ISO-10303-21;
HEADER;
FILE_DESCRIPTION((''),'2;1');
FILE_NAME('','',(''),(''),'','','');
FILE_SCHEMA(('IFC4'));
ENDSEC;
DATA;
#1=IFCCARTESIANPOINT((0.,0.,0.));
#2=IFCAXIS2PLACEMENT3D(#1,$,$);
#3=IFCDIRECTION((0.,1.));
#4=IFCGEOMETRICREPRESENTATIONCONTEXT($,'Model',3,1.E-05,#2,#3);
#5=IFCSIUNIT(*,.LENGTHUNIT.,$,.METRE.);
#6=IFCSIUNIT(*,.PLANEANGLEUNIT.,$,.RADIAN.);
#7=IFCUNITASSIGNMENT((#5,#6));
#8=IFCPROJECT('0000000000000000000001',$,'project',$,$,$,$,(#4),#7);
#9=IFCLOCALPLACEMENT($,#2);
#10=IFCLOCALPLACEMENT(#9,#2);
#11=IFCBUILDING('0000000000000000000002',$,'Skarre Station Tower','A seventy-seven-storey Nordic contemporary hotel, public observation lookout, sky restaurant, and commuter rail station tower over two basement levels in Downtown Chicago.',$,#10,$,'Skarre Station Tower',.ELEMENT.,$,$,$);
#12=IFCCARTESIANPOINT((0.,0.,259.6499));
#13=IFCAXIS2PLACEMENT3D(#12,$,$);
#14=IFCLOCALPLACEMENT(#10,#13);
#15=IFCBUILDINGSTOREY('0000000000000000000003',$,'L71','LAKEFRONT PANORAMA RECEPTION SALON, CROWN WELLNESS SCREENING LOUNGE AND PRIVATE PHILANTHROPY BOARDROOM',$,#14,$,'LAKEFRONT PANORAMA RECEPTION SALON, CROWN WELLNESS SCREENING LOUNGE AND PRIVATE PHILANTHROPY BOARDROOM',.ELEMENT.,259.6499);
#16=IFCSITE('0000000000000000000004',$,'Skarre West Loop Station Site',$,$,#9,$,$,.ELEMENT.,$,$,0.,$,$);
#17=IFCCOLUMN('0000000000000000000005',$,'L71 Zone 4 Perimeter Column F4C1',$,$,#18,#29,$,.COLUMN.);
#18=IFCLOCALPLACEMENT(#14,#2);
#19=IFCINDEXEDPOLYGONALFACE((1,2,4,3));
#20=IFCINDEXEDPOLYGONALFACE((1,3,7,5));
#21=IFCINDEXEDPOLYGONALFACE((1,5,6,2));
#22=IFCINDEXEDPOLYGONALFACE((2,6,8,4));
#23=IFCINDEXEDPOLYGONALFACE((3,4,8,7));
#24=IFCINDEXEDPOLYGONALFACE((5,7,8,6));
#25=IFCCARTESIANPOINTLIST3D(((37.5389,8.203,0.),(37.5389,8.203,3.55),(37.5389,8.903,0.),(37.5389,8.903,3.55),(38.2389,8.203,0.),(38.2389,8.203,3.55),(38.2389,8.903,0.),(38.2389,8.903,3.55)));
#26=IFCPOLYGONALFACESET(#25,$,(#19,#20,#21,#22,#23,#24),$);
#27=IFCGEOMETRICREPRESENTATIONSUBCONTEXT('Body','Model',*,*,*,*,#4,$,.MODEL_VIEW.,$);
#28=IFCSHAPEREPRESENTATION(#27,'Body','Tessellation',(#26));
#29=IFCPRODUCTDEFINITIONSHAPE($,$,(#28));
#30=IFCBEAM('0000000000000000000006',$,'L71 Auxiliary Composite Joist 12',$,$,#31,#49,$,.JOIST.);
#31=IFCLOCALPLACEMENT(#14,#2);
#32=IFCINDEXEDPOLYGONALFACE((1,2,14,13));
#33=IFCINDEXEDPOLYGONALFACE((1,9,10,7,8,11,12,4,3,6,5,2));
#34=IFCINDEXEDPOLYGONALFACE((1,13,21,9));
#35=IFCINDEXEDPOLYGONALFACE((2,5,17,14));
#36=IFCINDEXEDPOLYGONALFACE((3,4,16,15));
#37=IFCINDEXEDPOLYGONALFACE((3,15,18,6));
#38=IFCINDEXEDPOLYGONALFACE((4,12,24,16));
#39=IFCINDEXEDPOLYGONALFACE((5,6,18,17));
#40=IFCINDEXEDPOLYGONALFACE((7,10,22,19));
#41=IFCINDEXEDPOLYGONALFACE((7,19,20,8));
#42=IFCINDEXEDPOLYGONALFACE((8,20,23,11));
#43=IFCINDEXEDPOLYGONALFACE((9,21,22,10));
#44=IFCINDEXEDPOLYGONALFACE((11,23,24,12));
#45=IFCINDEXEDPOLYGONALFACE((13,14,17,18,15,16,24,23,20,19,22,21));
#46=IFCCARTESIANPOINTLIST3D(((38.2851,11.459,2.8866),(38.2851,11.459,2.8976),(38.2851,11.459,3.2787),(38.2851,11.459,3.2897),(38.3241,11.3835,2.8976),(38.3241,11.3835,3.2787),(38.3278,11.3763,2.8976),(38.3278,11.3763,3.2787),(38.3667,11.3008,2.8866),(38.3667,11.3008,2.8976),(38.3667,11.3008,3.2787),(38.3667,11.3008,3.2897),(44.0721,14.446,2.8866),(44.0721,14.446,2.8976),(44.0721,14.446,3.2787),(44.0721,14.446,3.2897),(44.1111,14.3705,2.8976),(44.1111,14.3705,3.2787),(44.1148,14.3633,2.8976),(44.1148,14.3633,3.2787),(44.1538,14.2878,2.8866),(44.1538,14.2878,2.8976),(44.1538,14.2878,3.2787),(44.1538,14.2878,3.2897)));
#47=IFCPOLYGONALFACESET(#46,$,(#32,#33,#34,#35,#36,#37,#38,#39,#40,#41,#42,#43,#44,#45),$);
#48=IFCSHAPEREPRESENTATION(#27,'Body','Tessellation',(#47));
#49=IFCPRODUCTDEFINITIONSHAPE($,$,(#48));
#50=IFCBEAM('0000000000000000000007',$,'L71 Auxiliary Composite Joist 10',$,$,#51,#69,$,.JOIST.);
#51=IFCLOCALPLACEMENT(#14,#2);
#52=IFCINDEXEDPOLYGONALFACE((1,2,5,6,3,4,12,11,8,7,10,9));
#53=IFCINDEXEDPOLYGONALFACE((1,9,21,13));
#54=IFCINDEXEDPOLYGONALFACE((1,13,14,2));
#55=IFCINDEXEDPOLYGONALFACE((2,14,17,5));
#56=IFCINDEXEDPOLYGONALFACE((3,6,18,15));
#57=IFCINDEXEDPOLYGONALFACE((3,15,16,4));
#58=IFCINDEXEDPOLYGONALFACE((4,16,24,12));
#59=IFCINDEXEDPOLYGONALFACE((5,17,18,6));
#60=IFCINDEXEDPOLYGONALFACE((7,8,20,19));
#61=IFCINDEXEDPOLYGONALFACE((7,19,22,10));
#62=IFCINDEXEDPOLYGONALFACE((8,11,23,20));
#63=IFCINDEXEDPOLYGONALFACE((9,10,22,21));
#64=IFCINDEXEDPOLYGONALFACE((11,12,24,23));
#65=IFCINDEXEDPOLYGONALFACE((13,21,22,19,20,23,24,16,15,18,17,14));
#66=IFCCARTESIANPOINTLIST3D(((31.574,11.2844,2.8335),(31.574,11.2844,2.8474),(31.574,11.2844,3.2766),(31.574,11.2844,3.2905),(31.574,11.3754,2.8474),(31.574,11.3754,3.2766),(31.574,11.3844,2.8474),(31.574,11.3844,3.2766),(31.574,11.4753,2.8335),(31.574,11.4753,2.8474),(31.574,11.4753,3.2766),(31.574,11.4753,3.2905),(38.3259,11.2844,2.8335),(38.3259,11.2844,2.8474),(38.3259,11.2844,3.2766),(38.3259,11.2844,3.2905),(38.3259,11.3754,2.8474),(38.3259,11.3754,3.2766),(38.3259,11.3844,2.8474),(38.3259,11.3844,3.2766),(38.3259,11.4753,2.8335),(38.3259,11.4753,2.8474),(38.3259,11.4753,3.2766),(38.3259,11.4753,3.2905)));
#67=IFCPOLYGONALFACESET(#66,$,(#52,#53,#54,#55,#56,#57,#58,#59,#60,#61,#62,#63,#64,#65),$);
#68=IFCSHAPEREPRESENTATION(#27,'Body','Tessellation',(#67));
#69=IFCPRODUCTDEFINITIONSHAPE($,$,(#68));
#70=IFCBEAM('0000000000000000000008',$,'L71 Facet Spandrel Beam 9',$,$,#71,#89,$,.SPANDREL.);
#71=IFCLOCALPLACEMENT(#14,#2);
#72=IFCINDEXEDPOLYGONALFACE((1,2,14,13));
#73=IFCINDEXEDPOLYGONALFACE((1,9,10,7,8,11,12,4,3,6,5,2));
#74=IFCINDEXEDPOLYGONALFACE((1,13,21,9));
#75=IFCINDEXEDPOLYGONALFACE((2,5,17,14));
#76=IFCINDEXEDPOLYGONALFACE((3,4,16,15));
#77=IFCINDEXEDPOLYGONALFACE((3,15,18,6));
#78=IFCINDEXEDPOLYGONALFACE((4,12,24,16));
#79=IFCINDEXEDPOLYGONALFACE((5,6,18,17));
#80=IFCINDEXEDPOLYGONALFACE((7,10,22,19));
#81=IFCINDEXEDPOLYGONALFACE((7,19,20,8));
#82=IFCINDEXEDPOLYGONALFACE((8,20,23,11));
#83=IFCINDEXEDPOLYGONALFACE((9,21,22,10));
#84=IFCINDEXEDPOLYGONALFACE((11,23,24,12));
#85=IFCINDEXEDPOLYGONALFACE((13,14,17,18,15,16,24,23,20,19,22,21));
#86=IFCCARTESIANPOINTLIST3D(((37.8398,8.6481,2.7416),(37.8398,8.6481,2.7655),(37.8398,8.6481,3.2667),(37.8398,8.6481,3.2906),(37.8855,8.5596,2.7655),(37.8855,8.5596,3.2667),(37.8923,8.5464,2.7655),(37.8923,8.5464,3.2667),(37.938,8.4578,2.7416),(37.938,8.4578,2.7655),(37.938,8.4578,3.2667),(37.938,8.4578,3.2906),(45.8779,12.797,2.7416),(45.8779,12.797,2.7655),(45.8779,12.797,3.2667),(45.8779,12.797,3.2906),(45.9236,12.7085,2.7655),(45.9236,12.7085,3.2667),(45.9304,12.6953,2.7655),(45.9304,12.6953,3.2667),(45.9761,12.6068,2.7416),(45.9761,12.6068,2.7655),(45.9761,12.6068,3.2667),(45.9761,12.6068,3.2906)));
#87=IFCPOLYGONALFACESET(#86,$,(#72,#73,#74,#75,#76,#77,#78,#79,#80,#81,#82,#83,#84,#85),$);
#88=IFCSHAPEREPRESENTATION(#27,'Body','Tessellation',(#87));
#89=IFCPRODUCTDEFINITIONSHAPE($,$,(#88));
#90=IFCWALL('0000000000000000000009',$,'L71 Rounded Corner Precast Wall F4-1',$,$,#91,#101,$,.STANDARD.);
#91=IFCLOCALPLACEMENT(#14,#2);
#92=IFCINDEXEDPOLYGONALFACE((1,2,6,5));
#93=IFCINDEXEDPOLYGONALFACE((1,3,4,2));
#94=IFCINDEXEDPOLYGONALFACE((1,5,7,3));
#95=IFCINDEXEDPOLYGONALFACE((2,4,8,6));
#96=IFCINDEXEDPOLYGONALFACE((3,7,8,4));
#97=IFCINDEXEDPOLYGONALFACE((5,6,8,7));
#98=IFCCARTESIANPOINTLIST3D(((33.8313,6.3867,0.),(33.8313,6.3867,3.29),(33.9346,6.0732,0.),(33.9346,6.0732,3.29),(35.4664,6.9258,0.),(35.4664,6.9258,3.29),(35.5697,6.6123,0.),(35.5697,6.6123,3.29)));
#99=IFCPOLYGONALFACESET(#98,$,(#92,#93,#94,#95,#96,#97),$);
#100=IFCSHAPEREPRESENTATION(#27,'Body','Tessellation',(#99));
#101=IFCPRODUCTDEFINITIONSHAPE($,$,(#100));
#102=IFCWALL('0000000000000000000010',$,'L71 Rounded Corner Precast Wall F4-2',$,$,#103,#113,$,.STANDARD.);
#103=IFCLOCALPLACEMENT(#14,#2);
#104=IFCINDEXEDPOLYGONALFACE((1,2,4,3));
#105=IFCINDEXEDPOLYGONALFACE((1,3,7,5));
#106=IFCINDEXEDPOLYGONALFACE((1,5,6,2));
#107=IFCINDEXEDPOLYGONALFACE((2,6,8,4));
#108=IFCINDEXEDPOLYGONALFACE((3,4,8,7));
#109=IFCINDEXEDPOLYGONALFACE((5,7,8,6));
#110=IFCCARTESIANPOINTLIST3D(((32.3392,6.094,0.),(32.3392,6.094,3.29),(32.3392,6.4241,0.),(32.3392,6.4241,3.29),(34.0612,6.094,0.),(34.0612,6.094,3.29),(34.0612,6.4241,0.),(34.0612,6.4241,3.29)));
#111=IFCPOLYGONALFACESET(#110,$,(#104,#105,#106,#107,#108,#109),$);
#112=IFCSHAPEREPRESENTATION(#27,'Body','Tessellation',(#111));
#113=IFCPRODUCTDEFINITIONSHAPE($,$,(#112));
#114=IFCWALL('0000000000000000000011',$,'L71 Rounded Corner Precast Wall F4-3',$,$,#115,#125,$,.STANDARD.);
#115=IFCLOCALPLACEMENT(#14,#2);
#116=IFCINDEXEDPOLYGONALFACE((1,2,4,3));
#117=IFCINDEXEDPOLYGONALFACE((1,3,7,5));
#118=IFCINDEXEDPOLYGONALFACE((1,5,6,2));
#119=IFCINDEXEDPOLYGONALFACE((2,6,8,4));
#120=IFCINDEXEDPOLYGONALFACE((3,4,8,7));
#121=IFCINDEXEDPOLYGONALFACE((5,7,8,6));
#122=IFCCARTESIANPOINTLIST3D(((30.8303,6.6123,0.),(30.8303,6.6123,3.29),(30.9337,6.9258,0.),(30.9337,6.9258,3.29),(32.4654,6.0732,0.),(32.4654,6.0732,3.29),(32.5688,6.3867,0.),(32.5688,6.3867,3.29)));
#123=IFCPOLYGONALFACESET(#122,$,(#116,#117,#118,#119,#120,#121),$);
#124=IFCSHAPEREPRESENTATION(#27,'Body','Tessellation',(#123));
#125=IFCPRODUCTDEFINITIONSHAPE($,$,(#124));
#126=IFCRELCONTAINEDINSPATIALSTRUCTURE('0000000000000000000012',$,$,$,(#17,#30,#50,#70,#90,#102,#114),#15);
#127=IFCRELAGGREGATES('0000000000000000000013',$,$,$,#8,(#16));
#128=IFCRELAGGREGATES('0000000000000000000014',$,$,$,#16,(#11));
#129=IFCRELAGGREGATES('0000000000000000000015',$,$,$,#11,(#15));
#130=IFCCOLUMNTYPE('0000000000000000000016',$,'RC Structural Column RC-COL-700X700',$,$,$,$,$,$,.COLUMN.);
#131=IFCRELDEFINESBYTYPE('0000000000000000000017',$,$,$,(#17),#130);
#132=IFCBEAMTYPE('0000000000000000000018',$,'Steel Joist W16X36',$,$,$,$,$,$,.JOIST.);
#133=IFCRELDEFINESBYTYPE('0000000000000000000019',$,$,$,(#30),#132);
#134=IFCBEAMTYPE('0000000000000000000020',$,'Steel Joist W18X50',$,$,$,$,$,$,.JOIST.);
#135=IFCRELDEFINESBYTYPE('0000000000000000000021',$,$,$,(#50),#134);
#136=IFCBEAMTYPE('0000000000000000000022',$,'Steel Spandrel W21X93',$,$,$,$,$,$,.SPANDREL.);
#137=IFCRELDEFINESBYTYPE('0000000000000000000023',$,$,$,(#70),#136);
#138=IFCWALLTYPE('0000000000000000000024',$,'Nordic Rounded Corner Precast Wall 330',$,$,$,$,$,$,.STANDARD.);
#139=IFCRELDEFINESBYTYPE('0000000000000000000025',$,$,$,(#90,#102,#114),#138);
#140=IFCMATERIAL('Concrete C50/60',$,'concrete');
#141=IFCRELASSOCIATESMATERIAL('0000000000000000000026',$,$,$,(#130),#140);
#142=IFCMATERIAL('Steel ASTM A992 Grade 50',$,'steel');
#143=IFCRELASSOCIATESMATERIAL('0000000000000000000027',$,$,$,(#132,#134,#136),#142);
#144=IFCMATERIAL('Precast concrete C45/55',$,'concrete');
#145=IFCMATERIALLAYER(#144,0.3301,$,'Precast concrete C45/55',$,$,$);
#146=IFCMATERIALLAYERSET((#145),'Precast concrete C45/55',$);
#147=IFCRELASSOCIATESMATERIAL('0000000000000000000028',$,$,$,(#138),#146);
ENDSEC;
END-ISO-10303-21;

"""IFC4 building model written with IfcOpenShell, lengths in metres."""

from ifc_helpers import new_model, si_unit, direction, frame, frame_2d, origin, origin_2d, place, context, subcontext, project, spatial, rectangle, i_section, extrude, material, layer, layer_set, material_profile, profile_set, type_object, element, save


model = new_model("IFC4")

# Units and contexts
model_context = context("Model", 3, precision=1e-05, world=origin(), true_north=direction((0.0, 1.0)))
body_context = subcontext(model_context, "Body", "Model", "MODEL_VIEW")
ifc_project = project(units=[si_unit("LENGTHUNIT", "METRE"), si_unit("PLANEANGLEUNIT", "RADIAN")], contexts=[model_context])

# Site, building, storey
site_placement = place(None, origin())
site = spatial("IfcSite", under=ifc_project, at=site_placement, Name="Skarre West Loop Station Site", CompositionType="ELEMENT", RefElevation=0.0)
building_placement = place(site_placement, origin())
building = spatial("IfcBuilding", under=site, at=building_placement, Name="Skarre Station Tower", Description="A seventy-seven-storey Nordic contemporary hotel, public observation lookout, sky restaurant, and commuter rail station tower over two basement levels in Downtown Chicago.", LongName="Skarre Station Tower", CompositionType="ELEMENT")
storey_placement = place(building_placement, frame((0.0, 0.0, 259.6499)))
storey = spatial("IfcBuildingStorey", under=building, at=storey_placement, Name="L71", Description="LAKEFRONT PANORAMA RECEPTION SALON, CROWN WELLNESS SCREENING LOUNGE AND PRIVATE PHILANTHROPY BOARDROOM", LongName="LAKEFRONT PANORAMA RECEPTION SALON, CROWN WELLNESS SCREENING LOUNGE AND PRIVATE PHILANTHROPY BOARDROOM", CompositionType="ELEMENT", Elevation=259.6499)

# Column
ifc_material_1 = material(Name="Concrete C50/60", Category="concrete")
ifc_material_profile_1 = material_profile(ifc_material_1, rectangle(XDim=0.7, YDim=0.7, at=origin_2d()), Name="Concrete C50/60")
ifc_profile_set_1 = profile_set([ifc_material_profile_1], Name="Concrete C50/60")
column_type = type_object("IfcColumnType", Name="RC Structural Column RC-COL-700X700", PredefinedType="COLUMN", material=ifc_profile_set_1)
column_placement = place(storey_placement, frame((37.8889, 8.553, 0.0), z_axis=(0.0, 0.0, 1.0), x_axis=(1.0, 0.0, 0.0)))
element("IfcColumn", 1, at=column_placement, inside=storey, type_object=column_type, Name="L71 Zone 4 Perimeter Column F4C1", PredefinedType="COLUMN", context=body_context, shape_type="SweptSolid", body=[
    extrude(rectangle(XDim=0.7, YDim=0.7, at=origin_2d()), origin(), (0.0, 0.0, 1.0), 3.55),
])

# Beams
ifc_material_2 = material(Name="Steel ASTM A992 Grade 50", Category="steel")
ifc_material_profile_2 = material_profile(ifc_material_2, i_section(OverallWidth=0.178, OverallDepth=0.4031, WebThickness=0.0081, FlangeThickness=0.011, at=origin_2d()), Name="Steel ASTM A992 Grade 50")
ifc_profile_set_2 = profile_set([ifc_material_profile_2], Name="Steel ASTM A992 Grade 50")
beam_type_1 = type_object("IfcBeamType", Name="Steel Joist W16X36", PredefinedType="JOIST", material=ifc_profile_set_2)
beam_1_placement = place(storey_placement, frame((38.3259, 11.3799, 3.0881), z_axis=(0.88861, 0.458663, 0.0), x_axis=(-0.458663, 0.88861, 0.0)))
element("IfcBeam", 2, at=beam_1_placement, inside=storey, type_object=beam_type_1, Name="L71 Auxiliary Composite Joist 12", PredefinedType="JOIST", context=body_context, shape_type="SweptSolid", body=[
    extrude(i_section(OverallWidth=0.178, OverallDepth=0.4031, WebThickness=0.0081, FlangeThickness=0.011, at=origin_2d()), origin(), (0.0, 0.0, 1.0), 6.5125),
])
ifc_material_profile_3 = material_profile(ifc_material_2, i_section(OverallWidth=0.1909, OverallDepth=0.457, WebThickness=0.009, FlangeThickness=0.0139, at=origin_2d()), Name="Steel ASTM A992 Grade 50")
ifc_profile_set_3 = profile_set([ifc_material_profile_3], Name="Steel ASTM A992 Grade 50")
beam_type_2 = type_object("IfcBeamType", Name="Steel Joist W18X50", PredefinedType="JOIST", material=ifc_profile_set_3)
beam_2_placement = place(storey_placement, frame((31.574, 11.3799, 3.062), z_axis=(1.0, 0.0, 0.0), x_axis=(0.0, 1.0, 0.0)))
element("IfcBeam", 3, at=beam_2_placement, inside=storey, type_object=beam_type_2, Name="L71 Auxiliary Composite Joist 10", PredefinedType="JOIST", context=body_context, shape_type="SweptSolid", body=[
    extrude(i_section(OverallWidth=0.1909, OverallDepth=0.457, WebThickness=0.009, FlangeThickness=0.0139, at=origin_2d()), origin(), (0.0, 0.0, 1.0), 6.752),
])
ifc_material_profile_4 = material_profile(ifc_material_2, i_section(OverallWidth=0.2141, OverallDepth=0.5491, WebThickness=0.0149, FlangeThickness=0.0239, at=origin_2d()), Name="Steel ASTM A992 Grade 50")
ifc_profile_set_4 = profile_set([ifc_material_profile_4], Name="Steel ASTM A992 Grade 50")
beam_type_3 = type_object("IfcBeamType", Name="Steel Spandrel W21X93", PredefinedType="SPANDREL", material=ifc_profile_set_4)
beam_3_placement = place(storey_placement, frame((37.8889, 8.553, 3.0161), z_axis=(0.88861, 0.458664, 0.0), x_axis=(-0.458664, 0.88861, 0.0)))
element("IfcBeam", 4, at=beam_3_placement, inside=storey, type_object=beam_type_3, Name="L71 Facet Spandrel Beam 9", PredefinedType="SPANDREL", context=body_context, shape_type="SweptSolid", body=[
    extrude(i_section(OverallWidth=0.2141, OverallDepth=0.5491, WebThickness=0.0149, FlangeThickness=0.0239, at=origin_2d()), origin(), (0.0, 0.0, 1.0), 9.0457),
])

# Walls
ifc_material_3 = material(Name="Precast concrete C45/55", Category="concrete")
ifc_layer_1 = layer(ifc_material_3, 0.3301, Name="Precast concrete C45/55")
ifc_layer_set_1 = layer_set([ifc_layer_1], Name="Precast concrete C45/55")
wall_type_1 = type_object("IfcWallType", Name="Nordic Rounded Corner Precast Wall 330", PredefinedType="STANDARD", material=ifc_layer_set_1)
wall_1_placement = place(storey_placement, frame((35.5181, 6.769, 0.0), z_axis=(0.0, 0.0, 1.0), x_axis=(-0.949713, -0.31312, 0.0)))
element("IfcWall", 5, at=wall_1_placement, inside=storey, type_object=wall_type_1, Name="L71 Rounded Corner Precast Wall F4-1", PredefinedType="STANDARD", context=body_context, shape_type="SweptSolid", body=[
    extrude(rectangle(XDim=1.7217, YDim=0.3301, at=frame_2d((0.8608, 0.0))), origin(), (0.0, 0.0, 1.0), 3.29),
])
wall_2_placement = place(storey_placement, frame((34.061, 6.259, 0.0), z_axis=(0.0, 0.0, 1.0), x_axis=(-1.0, 0.0, 0.0)))
element("IfcWall", 6, at=wall_2_placement, inside=storey, type_object=wall_type_1, Name="L71 Rounded Corner Precast Wall F4-2", PredefinedType="STANDARD", context=body_context, shape_type="SweptSolid", body=[
    extrude(rectangle(XDim=1.7219, YDim=0.3301, at=frame_2d((0.8608, 0.0))), origin(), (0.0, 0.0, 1.0), 3.29),
])
wall_3_placement = place(storey_placement, frame((32.5171, 6.23, 0.0), z_axis=(0.0, 0.0, 1.0), x_axis=(-0.949713, 0.31312, 0.0)))
element("IfcWall", 7, at=wall_3_placement, inside=storey, type_object=wall_type_1, Name="L71 Rounded Corner Precast Wall F4-3", PredefinedType="STANDARD", context=body_context, shape_type="SweptSolid", body=[
    extrude(rectangle(XDim=1.7217, YDim=0.3301, at=frame_2d((0.8608, 0.0))), origin(), (0.0, 0.0, 1.0), 3.29),
])

save(model, "model.ifc")
